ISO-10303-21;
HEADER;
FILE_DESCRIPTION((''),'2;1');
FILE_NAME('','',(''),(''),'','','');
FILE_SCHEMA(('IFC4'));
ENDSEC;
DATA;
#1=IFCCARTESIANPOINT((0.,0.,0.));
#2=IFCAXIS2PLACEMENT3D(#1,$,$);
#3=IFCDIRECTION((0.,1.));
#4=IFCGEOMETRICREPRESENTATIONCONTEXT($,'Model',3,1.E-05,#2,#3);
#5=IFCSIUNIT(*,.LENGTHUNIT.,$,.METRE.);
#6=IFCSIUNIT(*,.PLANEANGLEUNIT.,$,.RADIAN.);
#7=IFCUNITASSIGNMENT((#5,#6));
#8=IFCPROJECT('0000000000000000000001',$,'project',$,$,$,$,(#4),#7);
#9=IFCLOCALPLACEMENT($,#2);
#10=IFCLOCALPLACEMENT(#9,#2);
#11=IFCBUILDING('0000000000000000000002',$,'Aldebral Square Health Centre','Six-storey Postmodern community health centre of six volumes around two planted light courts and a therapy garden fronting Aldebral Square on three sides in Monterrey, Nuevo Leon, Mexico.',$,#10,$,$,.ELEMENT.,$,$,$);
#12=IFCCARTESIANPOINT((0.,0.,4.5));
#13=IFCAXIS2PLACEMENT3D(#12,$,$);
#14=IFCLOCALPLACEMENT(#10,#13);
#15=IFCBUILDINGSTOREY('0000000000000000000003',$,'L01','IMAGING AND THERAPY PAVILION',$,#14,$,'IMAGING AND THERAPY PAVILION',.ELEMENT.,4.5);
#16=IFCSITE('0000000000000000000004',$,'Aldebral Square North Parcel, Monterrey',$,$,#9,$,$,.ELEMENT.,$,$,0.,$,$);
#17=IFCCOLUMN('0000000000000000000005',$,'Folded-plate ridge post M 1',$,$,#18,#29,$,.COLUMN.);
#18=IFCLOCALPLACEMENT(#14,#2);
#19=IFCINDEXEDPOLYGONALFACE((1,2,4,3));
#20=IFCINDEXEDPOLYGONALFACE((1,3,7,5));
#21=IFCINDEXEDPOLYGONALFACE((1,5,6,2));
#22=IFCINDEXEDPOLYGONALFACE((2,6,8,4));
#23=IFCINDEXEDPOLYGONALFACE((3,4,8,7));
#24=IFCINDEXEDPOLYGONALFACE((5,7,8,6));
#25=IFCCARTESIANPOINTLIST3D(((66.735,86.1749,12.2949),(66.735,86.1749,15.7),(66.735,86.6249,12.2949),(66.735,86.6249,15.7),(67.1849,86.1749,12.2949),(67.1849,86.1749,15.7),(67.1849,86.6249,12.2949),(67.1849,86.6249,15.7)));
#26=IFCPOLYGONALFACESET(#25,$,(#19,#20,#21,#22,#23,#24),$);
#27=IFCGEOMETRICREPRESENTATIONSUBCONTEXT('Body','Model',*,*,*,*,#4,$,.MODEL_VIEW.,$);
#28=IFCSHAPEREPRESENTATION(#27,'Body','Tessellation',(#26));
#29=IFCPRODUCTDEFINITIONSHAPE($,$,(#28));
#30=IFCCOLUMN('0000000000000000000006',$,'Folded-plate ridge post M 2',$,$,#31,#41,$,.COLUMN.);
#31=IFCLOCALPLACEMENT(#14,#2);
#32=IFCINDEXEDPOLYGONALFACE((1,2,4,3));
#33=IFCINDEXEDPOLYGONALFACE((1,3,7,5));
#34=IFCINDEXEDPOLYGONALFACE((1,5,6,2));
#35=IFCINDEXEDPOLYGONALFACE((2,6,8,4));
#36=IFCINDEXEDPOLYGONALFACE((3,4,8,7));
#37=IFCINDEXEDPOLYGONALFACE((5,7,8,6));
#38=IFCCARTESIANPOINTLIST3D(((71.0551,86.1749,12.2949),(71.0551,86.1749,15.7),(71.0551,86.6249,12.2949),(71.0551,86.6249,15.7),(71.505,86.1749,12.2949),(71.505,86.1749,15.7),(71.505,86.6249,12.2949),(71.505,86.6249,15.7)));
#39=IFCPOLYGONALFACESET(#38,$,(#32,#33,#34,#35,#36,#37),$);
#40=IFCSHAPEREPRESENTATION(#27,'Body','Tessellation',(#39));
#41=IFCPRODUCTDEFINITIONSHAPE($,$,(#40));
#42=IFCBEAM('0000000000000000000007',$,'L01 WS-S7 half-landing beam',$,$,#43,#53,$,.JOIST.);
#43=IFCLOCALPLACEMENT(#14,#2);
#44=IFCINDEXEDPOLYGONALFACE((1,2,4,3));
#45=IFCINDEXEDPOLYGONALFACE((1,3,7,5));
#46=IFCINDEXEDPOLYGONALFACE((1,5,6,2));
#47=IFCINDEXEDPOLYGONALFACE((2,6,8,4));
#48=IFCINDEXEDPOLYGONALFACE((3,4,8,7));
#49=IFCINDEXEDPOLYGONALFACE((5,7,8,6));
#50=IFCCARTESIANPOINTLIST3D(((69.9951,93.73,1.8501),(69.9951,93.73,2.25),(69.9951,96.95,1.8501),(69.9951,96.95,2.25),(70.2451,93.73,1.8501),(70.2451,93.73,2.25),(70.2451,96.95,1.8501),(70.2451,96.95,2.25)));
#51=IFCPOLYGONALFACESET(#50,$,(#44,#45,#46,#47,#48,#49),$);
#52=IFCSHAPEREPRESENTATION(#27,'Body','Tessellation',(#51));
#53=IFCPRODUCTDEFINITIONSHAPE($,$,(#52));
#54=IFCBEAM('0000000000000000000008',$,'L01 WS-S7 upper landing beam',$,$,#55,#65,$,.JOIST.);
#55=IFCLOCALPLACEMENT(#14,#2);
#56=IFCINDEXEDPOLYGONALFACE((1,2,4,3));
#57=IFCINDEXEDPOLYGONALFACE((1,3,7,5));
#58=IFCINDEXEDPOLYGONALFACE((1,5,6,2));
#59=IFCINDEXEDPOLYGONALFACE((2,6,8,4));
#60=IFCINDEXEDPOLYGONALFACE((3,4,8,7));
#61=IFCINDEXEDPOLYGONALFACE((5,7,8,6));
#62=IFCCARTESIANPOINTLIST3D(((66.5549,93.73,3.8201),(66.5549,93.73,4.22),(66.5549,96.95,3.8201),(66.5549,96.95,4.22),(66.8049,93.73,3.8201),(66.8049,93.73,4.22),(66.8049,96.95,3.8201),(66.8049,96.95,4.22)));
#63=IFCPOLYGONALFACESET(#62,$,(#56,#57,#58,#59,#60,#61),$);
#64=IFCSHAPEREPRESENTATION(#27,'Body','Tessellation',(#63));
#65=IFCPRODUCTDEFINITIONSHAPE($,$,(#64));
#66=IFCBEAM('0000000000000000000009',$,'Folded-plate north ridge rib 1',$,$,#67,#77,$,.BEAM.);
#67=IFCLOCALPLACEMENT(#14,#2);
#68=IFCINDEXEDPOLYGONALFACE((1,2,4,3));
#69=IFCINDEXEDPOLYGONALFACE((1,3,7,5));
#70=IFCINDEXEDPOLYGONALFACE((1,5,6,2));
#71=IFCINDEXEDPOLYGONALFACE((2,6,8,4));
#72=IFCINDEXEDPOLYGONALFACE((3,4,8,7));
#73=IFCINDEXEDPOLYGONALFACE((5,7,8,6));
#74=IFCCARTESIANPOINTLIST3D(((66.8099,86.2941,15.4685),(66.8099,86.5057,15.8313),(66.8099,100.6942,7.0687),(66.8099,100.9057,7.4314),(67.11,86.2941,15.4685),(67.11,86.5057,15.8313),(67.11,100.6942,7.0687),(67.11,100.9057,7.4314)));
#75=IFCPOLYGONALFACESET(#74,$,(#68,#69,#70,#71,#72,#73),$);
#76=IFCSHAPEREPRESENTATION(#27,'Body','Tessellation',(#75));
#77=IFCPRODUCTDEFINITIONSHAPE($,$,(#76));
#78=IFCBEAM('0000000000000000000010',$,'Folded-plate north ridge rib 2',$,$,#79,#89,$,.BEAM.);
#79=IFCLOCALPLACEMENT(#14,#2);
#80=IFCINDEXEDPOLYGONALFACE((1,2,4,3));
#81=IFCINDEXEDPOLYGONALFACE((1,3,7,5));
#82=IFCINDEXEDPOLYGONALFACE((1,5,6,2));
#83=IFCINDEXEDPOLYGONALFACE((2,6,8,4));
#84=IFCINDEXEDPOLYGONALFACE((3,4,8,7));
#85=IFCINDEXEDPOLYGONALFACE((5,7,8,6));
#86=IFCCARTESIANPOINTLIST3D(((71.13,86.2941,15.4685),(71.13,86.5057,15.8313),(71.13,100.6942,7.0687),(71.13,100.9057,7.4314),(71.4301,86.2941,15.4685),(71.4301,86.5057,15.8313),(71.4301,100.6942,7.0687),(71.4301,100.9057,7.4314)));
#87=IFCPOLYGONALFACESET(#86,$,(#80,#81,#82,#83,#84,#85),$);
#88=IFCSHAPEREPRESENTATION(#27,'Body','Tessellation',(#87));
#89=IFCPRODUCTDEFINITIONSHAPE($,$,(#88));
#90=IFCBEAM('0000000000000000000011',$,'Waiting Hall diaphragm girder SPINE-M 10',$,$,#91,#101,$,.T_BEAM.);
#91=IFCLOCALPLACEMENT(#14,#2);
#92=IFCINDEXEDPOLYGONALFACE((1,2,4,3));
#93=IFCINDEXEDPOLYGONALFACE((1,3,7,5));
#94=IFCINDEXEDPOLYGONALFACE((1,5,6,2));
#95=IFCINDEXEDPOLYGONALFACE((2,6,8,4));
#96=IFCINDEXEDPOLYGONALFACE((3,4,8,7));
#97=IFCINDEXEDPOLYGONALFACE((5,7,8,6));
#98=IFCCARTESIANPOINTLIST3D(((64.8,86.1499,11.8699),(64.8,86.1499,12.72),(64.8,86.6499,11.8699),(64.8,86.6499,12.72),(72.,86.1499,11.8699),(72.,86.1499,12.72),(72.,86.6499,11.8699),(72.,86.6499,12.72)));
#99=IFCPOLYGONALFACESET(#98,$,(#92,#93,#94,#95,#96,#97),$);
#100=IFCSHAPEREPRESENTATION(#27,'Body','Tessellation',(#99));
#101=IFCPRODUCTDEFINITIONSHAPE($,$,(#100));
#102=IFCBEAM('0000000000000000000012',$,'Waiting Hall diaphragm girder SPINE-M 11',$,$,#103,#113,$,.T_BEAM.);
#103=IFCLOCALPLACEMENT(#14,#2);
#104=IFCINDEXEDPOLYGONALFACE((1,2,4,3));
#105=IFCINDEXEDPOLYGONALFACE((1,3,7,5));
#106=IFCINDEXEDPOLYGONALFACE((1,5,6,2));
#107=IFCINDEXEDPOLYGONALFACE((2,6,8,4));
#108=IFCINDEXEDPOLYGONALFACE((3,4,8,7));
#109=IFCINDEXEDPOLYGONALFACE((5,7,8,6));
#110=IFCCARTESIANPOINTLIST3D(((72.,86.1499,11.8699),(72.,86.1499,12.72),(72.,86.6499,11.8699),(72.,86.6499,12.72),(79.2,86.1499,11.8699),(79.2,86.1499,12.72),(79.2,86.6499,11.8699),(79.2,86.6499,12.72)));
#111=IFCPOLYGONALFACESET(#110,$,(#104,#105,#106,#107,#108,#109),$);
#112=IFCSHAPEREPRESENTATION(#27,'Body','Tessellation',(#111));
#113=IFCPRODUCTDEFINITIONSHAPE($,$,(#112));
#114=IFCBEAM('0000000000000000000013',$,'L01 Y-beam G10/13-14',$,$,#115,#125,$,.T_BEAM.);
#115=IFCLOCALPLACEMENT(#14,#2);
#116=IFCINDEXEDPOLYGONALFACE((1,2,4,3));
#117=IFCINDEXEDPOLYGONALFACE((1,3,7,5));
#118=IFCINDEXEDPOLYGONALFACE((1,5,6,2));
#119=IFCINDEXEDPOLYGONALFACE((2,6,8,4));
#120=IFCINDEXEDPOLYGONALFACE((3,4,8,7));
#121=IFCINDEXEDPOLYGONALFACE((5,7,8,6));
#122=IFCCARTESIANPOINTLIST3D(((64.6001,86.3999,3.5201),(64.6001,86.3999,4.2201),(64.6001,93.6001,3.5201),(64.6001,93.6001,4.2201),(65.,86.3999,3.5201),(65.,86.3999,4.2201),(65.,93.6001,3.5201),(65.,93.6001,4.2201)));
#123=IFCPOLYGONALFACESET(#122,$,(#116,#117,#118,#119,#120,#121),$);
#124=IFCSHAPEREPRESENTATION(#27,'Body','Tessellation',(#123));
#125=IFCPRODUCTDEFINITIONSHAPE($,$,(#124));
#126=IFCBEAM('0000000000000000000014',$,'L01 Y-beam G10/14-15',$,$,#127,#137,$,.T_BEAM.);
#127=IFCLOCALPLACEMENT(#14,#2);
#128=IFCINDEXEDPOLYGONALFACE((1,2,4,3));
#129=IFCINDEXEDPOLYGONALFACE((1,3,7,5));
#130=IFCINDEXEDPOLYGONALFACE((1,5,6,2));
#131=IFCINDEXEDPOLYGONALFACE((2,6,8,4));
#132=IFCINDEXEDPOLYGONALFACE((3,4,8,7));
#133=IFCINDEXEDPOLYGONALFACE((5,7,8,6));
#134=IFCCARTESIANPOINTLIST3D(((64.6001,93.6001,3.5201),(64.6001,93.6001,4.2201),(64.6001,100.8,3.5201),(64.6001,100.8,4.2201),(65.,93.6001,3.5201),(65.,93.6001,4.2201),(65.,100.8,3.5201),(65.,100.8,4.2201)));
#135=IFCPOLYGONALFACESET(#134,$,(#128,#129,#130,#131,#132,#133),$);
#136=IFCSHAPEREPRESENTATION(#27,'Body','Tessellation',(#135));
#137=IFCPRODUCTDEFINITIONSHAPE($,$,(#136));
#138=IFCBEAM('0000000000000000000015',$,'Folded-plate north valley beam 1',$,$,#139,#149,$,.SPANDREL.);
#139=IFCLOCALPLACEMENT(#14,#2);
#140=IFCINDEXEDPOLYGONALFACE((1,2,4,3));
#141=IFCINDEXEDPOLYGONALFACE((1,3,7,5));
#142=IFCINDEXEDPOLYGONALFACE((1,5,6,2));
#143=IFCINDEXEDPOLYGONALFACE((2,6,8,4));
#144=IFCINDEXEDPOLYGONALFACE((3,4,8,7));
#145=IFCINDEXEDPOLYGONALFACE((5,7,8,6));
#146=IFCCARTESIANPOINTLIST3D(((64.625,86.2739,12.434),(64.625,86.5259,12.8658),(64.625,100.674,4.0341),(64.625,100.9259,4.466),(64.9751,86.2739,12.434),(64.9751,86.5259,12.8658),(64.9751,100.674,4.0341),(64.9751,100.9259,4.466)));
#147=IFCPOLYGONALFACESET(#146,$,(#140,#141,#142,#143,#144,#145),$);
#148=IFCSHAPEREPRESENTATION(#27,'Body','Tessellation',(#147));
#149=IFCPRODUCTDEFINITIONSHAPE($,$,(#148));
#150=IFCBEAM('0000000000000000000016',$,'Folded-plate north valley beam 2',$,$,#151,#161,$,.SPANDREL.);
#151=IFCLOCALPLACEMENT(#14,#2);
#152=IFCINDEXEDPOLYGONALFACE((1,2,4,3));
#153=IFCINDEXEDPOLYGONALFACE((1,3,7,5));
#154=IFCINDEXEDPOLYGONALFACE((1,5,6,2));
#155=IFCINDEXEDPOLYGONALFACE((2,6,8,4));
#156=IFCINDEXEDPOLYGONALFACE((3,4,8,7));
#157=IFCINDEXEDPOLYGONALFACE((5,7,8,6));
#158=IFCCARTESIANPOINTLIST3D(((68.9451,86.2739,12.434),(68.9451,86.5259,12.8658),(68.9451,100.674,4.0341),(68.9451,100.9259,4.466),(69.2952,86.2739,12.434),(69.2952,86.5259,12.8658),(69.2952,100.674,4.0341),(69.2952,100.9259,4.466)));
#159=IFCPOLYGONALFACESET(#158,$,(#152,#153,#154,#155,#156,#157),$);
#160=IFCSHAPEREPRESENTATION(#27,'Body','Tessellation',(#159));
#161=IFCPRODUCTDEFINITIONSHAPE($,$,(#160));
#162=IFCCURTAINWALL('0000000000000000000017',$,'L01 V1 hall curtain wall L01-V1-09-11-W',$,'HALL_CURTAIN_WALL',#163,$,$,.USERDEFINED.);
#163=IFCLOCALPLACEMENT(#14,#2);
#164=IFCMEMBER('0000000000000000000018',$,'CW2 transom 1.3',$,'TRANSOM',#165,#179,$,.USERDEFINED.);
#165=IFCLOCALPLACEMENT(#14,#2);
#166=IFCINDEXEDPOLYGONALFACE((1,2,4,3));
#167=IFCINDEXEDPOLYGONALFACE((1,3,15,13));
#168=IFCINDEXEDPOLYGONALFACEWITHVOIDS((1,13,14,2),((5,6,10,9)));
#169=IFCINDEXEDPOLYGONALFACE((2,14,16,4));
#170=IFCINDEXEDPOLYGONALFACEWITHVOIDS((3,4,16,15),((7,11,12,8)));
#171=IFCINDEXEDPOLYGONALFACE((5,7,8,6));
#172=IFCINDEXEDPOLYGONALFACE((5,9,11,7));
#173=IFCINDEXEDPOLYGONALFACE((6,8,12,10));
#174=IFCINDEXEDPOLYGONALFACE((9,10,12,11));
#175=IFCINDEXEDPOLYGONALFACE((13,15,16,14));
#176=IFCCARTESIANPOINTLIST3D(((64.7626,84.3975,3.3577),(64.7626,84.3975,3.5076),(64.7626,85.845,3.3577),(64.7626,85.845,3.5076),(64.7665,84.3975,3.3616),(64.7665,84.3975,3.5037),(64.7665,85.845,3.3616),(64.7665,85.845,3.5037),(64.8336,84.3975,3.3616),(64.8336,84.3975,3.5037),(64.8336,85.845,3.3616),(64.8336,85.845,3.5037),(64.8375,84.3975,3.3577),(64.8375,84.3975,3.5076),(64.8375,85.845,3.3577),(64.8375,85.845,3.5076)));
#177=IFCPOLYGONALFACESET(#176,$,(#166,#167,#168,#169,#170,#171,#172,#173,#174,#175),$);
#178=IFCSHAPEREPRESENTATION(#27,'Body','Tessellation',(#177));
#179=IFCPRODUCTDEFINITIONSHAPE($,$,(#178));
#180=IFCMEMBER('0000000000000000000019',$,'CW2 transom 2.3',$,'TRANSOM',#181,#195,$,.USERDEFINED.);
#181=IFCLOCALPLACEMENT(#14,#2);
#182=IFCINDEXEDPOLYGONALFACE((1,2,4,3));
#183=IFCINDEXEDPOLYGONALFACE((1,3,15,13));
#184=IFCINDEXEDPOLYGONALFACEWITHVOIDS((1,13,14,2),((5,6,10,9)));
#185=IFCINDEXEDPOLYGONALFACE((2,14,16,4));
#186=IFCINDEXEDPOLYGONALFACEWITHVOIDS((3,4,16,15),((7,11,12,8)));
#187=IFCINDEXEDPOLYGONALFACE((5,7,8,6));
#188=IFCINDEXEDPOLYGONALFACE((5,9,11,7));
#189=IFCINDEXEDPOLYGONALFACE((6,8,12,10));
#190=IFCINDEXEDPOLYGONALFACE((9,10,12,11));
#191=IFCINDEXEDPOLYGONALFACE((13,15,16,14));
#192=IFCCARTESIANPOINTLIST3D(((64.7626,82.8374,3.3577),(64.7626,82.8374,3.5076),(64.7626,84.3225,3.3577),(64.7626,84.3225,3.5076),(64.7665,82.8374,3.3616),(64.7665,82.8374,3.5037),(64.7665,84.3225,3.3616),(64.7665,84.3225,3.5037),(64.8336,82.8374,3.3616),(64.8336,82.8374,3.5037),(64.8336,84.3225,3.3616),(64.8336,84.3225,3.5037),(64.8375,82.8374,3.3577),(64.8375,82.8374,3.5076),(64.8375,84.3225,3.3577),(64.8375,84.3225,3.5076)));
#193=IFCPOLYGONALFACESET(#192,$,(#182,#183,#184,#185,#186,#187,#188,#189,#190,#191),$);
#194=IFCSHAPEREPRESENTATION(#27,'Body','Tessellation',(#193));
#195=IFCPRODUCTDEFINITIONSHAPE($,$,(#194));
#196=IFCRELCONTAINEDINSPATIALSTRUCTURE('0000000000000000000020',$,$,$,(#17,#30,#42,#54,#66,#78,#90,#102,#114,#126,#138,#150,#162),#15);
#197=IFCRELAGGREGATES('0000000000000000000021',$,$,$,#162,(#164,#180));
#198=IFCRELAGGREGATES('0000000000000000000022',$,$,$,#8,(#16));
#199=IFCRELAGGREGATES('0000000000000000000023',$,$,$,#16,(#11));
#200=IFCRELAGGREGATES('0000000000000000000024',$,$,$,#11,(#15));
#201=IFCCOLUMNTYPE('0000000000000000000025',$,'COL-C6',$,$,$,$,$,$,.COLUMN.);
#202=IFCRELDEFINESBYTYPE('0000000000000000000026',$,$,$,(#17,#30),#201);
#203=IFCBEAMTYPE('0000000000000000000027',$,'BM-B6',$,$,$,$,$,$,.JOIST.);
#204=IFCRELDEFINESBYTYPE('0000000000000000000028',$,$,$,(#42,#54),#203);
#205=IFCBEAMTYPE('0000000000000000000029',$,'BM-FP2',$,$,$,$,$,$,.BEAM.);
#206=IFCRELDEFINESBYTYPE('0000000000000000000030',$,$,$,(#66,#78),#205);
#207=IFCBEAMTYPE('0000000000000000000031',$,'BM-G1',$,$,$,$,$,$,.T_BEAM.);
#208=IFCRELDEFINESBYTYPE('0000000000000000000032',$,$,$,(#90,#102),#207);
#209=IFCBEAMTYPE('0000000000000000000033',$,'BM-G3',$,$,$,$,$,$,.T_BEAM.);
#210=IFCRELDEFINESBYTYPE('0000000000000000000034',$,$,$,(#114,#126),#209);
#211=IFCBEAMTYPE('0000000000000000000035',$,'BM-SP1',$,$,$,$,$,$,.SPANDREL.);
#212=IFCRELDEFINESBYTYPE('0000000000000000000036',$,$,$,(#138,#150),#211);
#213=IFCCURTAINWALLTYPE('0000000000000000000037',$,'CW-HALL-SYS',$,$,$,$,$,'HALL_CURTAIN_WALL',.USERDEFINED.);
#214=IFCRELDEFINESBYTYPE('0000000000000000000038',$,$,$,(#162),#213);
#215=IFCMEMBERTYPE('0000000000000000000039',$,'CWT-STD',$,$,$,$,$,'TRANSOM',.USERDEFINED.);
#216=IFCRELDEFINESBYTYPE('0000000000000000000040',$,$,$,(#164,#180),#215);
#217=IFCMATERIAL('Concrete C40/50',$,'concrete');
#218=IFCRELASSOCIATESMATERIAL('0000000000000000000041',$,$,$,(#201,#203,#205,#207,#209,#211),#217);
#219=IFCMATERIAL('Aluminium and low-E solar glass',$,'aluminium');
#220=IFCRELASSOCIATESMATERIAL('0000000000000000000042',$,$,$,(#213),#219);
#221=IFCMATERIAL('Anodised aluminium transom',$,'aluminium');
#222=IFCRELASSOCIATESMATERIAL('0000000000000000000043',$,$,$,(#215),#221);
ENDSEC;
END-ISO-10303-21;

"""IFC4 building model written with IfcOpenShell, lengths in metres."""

from ifc_helpers import new_model, si_unit, direction, frame, origin, origin_2d, place, context, subcontext, project, spatial, rectangle, hollow_rectangle, extrude, material, material_profile, profile_set, type_object, element, aggregate, save


model = new_model("IFC4")

# Units and contexts
model_context = context("Model", 3, precision=1e-05, world=origin(), true_north=direction((0.0, 1.0)))
body_context = subcontext(model_context, "Body", "Model", "MODEL_VIEW")
ifc_project = project(units=[si_unit("LENGTHUNIT", "METRE"), si_unit("PLANEANGLEUNIT", "RADIAN")], contexts=[model_context])

# Site, building, storey
site_placement = place(None, origin())
site = spatial("IfcSite", under=ifc_project, at=site_placement, Name="Aldebral Square North Parcel, Monterrey", CompositionType="ELEMENT", RefElevation=0.0)
building_placement = place(site_placement, origin())
building = spatial("IfcBuilding", under=site, at=building_placement, Name="Aldebral Square Health Centre", Description="Six-storey Postmodern community health centre of six volumes around two planted light courts and a therapy garden fronting Aldebral Square on three sides in Monterrey, Nuevo Leon, Mexico.", CompositionType="ELEMENT")
storey_placement = place(building_placement, frame((0.0, 0.0, 4.5)))
storey = spatial("IfcBuildingStorey", under=building, at=storey_placement, Name="L01", Description="IMAGING AND THERAPY PAVILION", LongName="IMAGING AND THERAPY PAVILION", CompositionType="ELEMENT", Elevation=4.5)

# Columns
ifc_material_1 = material(Name="Concrete C40/50", Category="concrete")
ifc_material_profile_1 = material_profile(ifc_material_1, rectangle(XDim=0.45, YDim=0.45, at=origin_2d()), Name="RC 450x450")
ifc_profile_set_1 = profile_set([ifc_material_profile_1], Name="Concrete C40/50")
column_type = type_object("IfcColumnType", Name="COL-C6", PredefinedType="COLUMN", material=ifc_profile_set_1)
for number, where, z_axis, x_axis, name in (
    (1, (66.96, 86.3999, 12.2949), (0.0, 0.0, 1.0), (1.0, 0.0, 0.0), "Folded-plate ridge post M 1"),
    (2, (71.28, 86.3999, 12.2949), (0.0, 0.0, 1.0), (1.0, 0.0, 0.0), "Folded-plate ridge post M 2"),
):
    element("IfcColumn", number, at=place(storey_placement, frame(where, z_axis=z_axis, x_axis=x_axis)), inside=storey, type_object=column_type, Name=name, PredefinedType="COLUMN", context=body_context, shape_type="SweptSolid", body=[
        extrude(rectangle(XDim=0.45, YDim=0.45, at=origin_2d()), origin(), (0.0, 0.0, 1.0), 3.405),
    ])

# Beams
ifc_material_profile_2 = material_profile(ifc_material_1, rectangle(XDim=0.25, YDim=0.3999, at=origin_2d()), Name="RC 250x400")
ifc_profile_set_2 = profile_set([ifc_material_profile_2], Name="Concrete C40/50")
beam_type_1 = type_object("IfcBeamType", Name="BM-B6", PredefinedType="JOIST", material=ifc_profile_set_2)
for number, where, z_axis, x_axis, name in (
    (3, (70.1201, 93.73, 2.05), (0.0, 1.0, 0.0), (-1.0, 0.0, 0.0), "L01 WS-S7 half-landing beam"),
    (4, (66.6799, 93.73, 4.02), (0.0, 1.0, 0.0), (-1.0, 0.0, 0.0), "L01 WS-S7 upper landing beam"),
):
    element("IfcBeam", number, at=place(storey_placement, frame(where, z_axis=z_axis, x_axis=x_axis)), inside=storey, type_object=beam_type_1, Name=name, PredefinedType="JOIST", context=body_context, shape_type="SweptSolid", body=[
        extrude(rectangle(XDim=0.25, YDim=0.3999, at=origin_2d()), origin(), (0.0, 0.0, 1.0), 3.22),
    ])
ifc_material_profile_3 = material_profile(ifc_material_1, rectangle(XDim=0.3, YDim=0.4199, at=origin_2d()), Name="RC 300x420")
ifc_profile_set_3 = profile_set([ifc_material_profile_3], Name="Concrete C40/50")
beam_type_2 = type_object("IfcBeamType", Name="BM-FP2", PredefinedType="BEAM", material=ifc_profile_set_3)
for number, where, z_axis, x_axis, name in (
    (5, (66.96, 86.3999, 15.6499), (0.0, 0.863784, -0.503863), (-1.0, 0.0, 0.0), "Folded-plate north ridge rib 1"),
    (6, (71.28, 86.3999, 15.6499), (0.0, 0.863784, -0.503863), (-1.0, 0.0, 0.0), "Folded-plate north ridge rib 2"),
):
    element("IfcBeam", number, at=place(storey_placement, frame(where, z_axis=z_axis, x_axis=x_axis)), inside=storey, type_object=beam_type_2, Name=name, PredefinedType="BEAM", context=body_context, shape_type="SweptSolid", body=[
        extrude(rectangle(XDim=0.3, YDim=0.4199, at=origin_2d()), origin(), (0.0, 0.0, 1.0), 16.6709),
    ])
ifc_material_profile_4 = material_profile(ifc_material_1, rectangle(XDim=0.5, YDim=0.8501, at=origin_2d()), Name="RC 500x850")
ifc_profile_set_4 = profile_set([ifc_material_profile_4], Name="Concrete C40/50")
beam_type_3 = type_object("IfcBeamType", Name="BM-G1", PredefinedType="T_BEAM", material=ifc_profile_set_4)
for number, where, z_axis, x_axis, name in (
    (7, (64.8, 86.3999, 12.2949), (1.0, 0.0, 0.0), (0.0, 1.0, 0.0), "Waiting Hall diaphragm girder SPINE-M 10"),
    (8, (72.0, 86.3999, 12.2949), (1.0, 0.0, 0.0), (0.0, 1.0, 0.0), "Waiting Hall diaphragm girder SPINE-M 11"),
):
    element("IfcBeam", number, at=place(storey_placement, frame(where, z_axis=z_axis, x_axis=x_axis)), inside=storey, type_object=beam_type_3, Name=name, PredefinedType="T_BEAM", context=body_context, shape_type="SweptSolid", body=[
        extrude(rectangle(XDim=0.5, YDim=0.8501, at=origin_2d()), origin(), (0.0, 0.0, 1.0), 7.2),
    ])
ifc_material_profile_5 = material_profile(ifc_material_1, rectangle(XDim=0.3999, YDim=0.7, at=origin_2d()), Name="RC 400x700")
ifc_profile_set_5 = profile_set([ifc_material_profile_5], Name="Concrete C40/50")
beam_type_4 = type_object("IfcBeamType", Name="BM-G3", PredefinedType="T_BEAM", material=ifc_profile_set_5)
beam_1_placement = place(storey_placement, frame((64.8, 86.3999, 3.8701), z_axis=(0.0, 1.0, 0.0), x_axis=(-1.0, 0.0, 0.0)))
element("IfcBeam", 9, at=beam_1_placement, inside=storey, type_object=beam_type_4, Name="L01 Y-beam G10/13-14", PredefinedType="T_BEAM", context=body_context, shape_type="SweptSolid", body=[
    extrude(rectangle(XDim=0.3999, YDim=0.7, at=origin_2d()), origin(), (0.0, 0.0, 1.0), 7.2002),
])
beam_2_placement = place(storey_placement, frame((64.8, 93.6001, 3.8701), z_axis=(0.0, 1.0, 0.0), x_axis=(-1.0, 0.0, 0.0)))
element("IfcBeam", 10, at=beam_2_placement, inside=storey, type_object=beam_type_4, Name="L01 Y-beam G10/14-15", PredefinedType="T_BEAM", context=body_context, shape_type="SweptSolid", body=[
    extrude(rectangle(XDim=0.3999, YDim=0.7, at=origin_2d()), origin(), (0.0, 0.0, 1.0), 7.2),
])
ifc_material_profile_6 = material_profile(ifc_material_1, rectangle(XDim=0.3501, YDim=0.5, at=origin_2d()), Name="RC 350x500")
ifc_profile_set_6 = profile_set([ifc_material_profile_6], Name="Concrete C40/50")
beam_type_5 = type_object("IfcBeamType", Name="BM-SP1", PredefinedType="SPANDREL", material=ifc_profile_set_6)
for number, where, z_axis, x_axis, name in (
    (11, (64.8, 86.3999, 12.6499), (0.0, 0.863784, -0.503863), (-1.0, 0.0, 0.0), "Folded-plate north valley beam 1"),
    (12, (69.1201, 86.3999, 12.6499), (0.0, 0.863784, -0.503863), (-1.0, 0.0, 0.0), "Folded-plate north valley beam 2"),
):
    element("IfcBeam", number, at=place(storey_placement, frame(where, z_axis=z_axis, x_axis=x_axis)), inside=storey, type_object=beam_type_5, Name=name, PredefinedType="SPANDREL", context=body_context, shape_type="SweptSolid", body=[
        extrude(rectangle(XDim=0.3501, YDim=0.5, at=origin_2d()), origin(), (0.0, 0.0, 1.0), 16.6709),
    ])

# Curtain wall, members
ifc_material_2 = material(Name="Aluminium and low-E solar glass", Category="aluminium")
curtain_wall_type = type_object("IfcCurtainWallType", Name="CW-HALL-SYS", ElementType="HALL_CURTAIN_WALL", PredefinedType="USERDEFINED", material=ifc_material_2)
curtain_wall_1_placement = place(storey_placement, origin())
curtain_wall_1 = element("IfcCurtainWall", 13, at=curtain_wall_1_placement, inside=storey, type_object=curtain_wall_type, Name="L01 V1 hall curtain wall L01-V1-09-11-W", ObjectType="HALL_CURTAIN_WALL", PredefinedType="USERDEFINED")
ifc_material_3 = material(Name="Anodised aluminium transom", Category="aluminium")
ifc_material_profile_7 = material_profile(ifc_material_3, hollow_rectangle(XDim=0.075, YDim=0.1499, WallThickness=0.0039, at=origin_2d()), Name="CWT 75x150x4")
ifc_profile_set_7 = profile_set([ifc_material_profile_7], Name="Anodised aluminium transom")
member_type = type_object("IfcMemberType", Name="CWT-STD", ElementType="TRANSOM", PredefinedType="USERDEFINED", material=ifc_profile_set_7)
member_1_placement = place(storey_placement, frame((64.8, 85.845, 3.4326), z_axis=(0.0, -1.0, 0.0), x_axis=(1.0, 0.0, 0.0)))
member_1 = element("IfcMember", 14, at=member_1_placement, type_object=member_type, Name="CW2 transom 1.3", ObjectType="TRANSOM", PredefinedType="USERDEFINED", context=body_context, shape_type="SweptSolid", body=[
    extrude(hollow_rectangle(XDim=0.075, YDim=0.1499, WallThickness=0.0039, at=origin_2d()), origin(), (0.0, 0.0, 1.0), 1.4475),
])
member_2_placement = place(storey_placement, frame((64.8, 84.3225, 3.4326), z_axis=(0.0, -1.0, 0.0), x_axis=(1.0, 0.0, 0.0)))
member_2 = element("IfcMember", 15, at=member_2_placement, type_object=member_type, Name="CW2 transom 2.3", ObjectType="TRANSOM", PredefinedType="USERDEFINED", context=body_context, shape_type="SweptSolid", body=[
    extrude(hollow_rectangle(XDim=0.075, YDim=0.1499, WallThickness=0.0039, at=origin_2d()), origin(), (0.0, 0.0, 1.0), 1.4851),
])
aggregate(curtain_wall_1, [member_1, member_2])

save(model, "model.ifc")
